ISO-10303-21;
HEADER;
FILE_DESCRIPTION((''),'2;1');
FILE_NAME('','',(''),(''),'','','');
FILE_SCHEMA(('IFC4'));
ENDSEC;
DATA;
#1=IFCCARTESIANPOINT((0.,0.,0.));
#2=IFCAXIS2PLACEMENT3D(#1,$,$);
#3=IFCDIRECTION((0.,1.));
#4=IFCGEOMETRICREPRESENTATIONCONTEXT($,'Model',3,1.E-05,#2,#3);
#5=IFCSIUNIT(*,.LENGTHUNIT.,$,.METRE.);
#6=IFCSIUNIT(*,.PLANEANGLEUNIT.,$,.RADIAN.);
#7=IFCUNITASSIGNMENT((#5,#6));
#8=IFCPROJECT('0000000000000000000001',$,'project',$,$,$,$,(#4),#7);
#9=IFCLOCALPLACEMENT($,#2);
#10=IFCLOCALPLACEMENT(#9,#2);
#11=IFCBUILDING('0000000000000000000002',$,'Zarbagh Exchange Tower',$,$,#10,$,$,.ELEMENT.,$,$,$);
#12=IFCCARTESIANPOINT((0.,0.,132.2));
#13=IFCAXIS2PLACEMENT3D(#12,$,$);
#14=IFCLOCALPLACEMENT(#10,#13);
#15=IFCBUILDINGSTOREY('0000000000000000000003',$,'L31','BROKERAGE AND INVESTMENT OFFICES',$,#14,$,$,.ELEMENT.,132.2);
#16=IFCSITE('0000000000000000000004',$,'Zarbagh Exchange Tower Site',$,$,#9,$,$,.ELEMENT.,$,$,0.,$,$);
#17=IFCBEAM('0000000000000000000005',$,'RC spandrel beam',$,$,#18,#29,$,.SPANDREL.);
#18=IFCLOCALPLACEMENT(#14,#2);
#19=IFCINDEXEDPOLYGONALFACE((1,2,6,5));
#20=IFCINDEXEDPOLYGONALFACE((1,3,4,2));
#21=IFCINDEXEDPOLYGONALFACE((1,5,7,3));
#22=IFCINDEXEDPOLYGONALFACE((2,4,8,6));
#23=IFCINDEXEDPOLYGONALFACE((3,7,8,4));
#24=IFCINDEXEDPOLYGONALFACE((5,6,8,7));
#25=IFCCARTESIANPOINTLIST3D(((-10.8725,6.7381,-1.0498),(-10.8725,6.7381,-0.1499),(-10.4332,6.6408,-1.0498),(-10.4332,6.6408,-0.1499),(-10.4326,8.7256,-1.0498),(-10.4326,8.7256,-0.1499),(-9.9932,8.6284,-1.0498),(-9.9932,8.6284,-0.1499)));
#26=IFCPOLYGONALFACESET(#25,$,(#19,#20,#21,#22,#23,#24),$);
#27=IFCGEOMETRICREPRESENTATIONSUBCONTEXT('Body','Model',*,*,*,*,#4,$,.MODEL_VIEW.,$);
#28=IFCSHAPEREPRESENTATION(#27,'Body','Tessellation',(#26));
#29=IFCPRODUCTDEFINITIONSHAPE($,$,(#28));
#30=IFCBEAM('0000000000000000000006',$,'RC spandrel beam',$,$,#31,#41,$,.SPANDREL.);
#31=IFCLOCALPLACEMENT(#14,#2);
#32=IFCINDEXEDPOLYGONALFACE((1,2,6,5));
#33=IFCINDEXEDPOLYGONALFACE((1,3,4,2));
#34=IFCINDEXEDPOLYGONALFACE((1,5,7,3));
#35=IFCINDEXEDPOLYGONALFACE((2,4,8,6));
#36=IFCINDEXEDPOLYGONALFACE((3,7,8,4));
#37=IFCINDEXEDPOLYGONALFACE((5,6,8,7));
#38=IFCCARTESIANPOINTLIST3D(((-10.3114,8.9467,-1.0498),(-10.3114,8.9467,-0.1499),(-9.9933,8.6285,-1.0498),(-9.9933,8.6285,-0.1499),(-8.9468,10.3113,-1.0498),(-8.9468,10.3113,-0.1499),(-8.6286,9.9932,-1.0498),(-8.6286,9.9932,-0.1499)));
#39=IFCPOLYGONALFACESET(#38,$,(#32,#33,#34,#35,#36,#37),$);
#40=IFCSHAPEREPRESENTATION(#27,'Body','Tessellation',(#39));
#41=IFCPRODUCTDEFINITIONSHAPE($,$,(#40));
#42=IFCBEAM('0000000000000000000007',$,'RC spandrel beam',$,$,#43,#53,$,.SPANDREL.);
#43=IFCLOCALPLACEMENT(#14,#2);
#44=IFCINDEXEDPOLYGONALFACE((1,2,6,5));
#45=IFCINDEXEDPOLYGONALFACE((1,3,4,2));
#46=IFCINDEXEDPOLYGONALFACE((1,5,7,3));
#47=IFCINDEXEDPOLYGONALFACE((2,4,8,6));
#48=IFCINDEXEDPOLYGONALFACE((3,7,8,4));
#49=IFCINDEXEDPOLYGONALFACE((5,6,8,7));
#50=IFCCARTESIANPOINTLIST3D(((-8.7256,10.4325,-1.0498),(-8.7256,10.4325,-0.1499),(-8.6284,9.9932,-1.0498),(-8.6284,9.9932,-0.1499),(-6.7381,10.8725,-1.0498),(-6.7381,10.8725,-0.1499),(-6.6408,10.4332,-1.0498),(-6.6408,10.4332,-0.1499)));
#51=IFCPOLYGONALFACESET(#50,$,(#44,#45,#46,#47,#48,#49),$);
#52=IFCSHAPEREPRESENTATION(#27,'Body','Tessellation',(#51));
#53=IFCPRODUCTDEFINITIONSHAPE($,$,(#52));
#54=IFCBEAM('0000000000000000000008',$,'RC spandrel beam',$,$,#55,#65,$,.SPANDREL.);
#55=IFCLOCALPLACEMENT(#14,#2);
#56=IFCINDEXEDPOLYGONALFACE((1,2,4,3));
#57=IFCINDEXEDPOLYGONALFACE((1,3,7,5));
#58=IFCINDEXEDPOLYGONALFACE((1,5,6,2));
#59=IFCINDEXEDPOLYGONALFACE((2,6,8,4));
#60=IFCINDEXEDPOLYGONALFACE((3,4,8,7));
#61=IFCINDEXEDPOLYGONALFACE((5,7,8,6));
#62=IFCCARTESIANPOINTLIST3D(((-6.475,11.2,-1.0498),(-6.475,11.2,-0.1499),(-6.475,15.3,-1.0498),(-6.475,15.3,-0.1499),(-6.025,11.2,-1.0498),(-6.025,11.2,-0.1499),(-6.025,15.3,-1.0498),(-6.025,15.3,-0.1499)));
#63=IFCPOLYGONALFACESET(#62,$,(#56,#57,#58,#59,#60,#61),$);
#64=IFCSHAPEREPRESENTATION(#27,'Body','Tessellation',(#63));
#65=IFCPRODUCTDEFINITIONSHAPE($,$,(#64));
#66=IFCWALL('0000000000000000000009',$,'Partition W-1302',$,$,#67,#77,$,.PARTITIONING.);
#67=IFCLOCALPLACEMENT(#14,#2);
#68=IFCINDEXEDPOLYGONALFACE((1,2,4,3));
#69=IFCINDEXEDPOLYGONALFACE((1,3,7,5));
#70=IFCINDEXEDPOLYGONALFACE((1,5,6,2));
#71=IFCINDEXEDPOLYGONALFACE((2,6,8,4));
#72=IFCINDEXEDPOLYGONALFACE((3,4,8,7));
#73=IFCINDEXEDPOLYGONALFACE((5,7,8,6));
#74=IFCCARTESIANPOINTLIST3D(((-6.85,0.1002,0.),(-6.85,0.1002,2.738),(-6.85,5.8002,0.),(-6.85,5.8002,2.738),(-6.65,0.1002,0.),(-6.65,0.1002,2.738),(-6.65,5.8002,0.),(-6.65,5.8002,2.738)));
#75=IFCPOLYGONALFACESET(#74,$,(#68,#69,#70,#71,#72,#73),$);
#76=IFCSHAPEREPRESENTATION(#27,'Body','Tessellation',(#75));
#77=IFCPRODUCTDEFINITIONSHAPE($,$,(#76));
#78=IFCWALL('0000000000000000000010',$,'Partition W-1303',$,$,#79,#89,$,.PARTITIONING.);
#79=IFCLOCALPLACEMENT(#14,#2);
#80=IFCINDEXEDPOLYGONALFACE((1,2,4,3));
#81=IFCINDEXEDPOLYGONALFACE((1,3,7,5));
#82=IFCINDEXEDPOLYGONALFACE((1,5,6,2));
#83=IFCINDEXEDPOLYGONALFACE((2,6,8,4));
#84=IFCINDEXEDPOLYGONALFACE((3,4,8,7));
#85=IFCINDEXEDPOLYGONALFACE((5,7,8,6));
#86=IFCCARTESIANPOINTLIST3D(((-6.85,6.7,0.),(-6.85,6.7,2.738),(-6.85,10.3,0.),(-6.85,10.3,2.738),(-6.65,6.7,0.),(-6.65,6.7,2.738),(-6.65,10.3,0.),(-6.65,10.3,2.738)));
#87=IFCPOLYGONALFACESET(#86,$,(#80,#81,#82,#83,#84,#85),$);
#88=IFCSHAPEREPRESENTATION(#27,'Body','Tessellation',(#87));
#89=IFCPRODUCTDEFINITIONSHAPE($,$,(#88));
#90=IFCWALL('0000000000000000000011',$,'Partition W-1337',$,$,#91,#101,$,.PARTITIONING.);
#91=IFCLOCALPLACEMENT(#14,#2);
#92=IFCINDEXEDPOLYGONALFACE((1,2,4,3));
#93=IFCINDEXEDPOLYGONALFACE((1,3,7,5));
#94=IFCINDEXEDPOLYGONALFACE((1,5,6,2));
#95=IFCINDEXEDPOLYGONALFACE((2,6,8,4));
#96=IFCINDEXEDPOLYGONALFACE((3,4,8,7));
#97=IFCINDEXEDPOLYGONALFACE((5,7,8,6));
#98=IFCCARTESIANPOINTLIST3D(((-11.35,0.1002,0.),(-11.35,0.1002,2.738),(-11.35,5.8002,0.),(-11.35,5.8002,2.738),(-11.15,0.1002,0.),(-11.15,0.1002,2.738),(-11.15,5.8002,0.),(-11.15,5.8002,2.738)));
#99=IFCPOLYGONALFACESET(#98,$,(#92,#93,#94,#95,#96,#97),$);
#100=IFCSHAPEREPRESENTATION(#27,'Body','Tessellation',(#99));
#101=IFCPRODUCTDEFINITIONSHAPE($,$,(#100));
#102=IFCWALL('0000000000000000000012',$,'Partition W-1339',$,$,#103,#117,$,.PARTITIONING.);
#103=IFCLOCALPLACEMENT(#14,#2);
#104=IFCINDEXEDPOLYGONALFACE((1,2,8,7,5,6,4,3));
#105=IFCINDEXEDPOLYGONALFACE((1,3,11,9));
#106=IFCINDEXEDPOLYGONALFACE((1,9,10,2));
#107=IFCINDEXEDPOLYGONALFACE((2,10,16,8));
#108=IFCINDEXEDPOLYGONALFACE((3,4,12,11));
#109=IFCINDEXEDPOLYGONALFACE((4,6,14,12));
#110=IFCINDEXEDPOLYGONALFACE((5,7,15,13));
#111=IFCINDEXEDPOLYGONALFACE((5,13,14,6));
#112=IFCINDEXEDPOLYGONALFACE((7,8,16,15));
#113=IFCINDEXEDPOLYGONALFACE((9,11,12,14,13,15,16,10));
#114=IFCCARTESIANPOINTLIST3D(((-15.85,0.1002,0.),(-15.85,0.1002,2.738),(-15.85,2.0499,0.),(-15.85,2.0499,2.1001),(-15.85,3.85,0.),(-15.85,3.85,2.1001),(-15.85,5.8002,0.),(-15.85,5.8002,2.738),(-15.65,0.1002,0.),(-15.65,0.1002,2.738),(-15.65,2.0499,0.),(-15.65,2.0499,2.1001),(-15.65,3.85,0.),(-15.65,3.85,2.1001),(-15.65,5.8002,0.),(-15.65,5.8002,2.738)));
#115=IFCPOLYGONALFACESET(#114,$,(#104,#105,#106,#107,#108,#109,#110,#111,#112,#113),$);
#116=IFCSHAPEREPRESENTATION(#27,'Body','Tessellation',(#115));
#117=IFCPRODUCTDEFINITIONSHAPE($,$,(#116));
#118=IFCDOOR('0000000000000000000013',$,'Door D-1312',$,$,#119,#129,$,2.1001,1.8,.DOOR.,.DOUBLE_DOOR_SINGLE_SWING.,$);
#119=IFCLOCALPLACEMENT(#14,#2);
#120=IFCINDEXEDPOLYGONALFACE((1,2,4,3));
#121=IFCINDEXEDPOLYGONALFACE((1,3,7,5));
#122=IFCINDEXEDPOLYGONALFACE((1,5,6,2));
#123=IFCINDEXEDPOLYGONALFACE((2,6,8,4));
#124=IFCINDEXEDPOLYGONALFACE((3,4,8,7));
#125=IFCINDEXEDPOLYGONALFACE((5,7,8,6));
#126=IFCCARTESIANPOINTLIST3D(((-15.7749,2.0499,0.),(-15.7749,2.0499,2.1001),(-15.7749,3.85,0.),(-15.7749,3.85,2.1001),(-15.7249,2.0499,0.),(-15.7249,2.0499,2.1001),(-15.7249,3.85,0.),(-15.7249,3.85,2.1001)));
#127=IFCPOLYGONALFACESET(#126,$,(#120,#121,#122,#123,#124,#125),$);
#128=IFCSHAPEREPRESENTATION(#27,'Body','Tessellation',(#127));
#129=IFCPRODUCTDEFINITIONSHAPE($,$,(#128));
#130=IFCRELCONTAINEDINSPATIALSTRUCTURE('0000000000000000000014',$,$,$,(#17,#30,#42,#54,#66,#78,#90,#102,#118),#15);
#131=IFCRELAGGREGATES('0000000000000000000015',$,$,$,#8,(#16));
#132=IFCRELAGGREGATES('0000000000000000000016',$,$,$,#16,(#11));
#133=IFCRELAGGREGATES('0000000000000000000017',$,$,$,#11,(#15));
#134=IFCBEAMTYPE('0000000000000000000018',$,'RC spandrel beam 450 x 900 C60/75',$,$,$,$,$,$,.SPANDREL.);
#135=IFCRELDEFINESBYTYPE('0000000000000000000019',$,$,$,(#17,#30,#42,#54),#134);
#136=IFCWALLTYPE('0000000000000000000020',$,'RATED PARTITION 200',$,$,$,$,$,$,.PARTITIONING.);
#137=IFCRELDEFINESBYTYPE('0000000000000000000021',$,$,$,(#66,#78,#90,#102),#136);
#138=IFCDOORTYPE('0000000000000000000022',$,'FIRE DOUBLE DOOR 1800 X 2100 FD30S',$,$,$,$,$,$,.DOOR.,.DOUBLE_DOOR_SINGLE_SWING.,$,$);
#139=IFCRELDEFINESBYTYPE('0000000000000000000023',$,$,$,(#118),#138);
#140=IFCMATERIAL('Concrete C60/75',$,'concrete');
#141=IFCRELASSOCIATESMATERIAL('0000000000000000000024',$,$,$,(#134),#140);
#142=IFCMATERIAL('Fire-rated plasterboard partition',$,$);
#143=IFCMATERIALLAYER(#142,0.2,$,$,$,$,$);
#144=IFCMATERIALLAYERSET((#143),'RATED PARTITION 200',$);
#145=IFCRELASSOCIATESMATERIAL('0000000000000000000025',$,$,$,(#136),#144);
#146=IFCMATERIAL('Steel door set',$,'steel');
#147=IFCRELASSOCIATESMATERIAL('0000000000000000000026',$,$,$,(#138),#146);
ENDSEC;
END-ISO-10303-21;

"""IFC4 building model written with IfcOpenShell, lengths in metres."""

from ifc_helpers import new_model, si_unit, direction, frame, frame_2d, origin, origin_2d, place, context, subcontext, project, spatial, rectangle, extrude, material, layer, layer_set, material_profile, profile_set, type_object, element, fill, save


model = new_model("IFC4")

# Units and contexts
model_context = context("Model", 3, precision=1e-05, world=origin(), true_north=direction((0.0, 1.0)))
body_context = subcontext(model_context, "Body", "Model", "MODEL_VIEW")
ifc_project = project(units=[si_unit("LENGTHUNIT", "METRE"), si_unit("PLANEANGLEUNIT", "RADIAN")], contexts=[model_context])

# Site, building, storey
site_placement = place(None, origin())
site = spatial("IfcSite", under=ifc_project, at=site_placement, Name="Zarbagh Exchange Tower Site", CompositionType="ELEMENT", RefElevation=0.0)
building_placement = place(site_placement, origin())
building = spatial("IfcBuilding", under=site, at=building_placement, Name="Zarbagh Exchange Tower", CompositionType="ELEMENT")
storey_placement = place(building_placement, frame((0.0, 0.0, 132.2)))
storey = spatial("IfcBuildingStorey", under=building, at=storey_placement, Name="L31", Description="BROKERAGE AND INVESTMENT OFFICES", CompositionType="ELEMENT", Elevation=132.2)

# Shared definitions
ifc_material_1 = material(Name="Concrete C60/75", Category="concrete")

# Beams
ifc_material_profile_1 = material_profile(ifc_material_1, rectangle(XDim=0.45, YDim=0.8999, at=origin_2d()), Name="RC spandrel beam 450 x 900 C60/75")
ifc_profile_set_1 = profile_set([ifc_material_profile_1], Name="Concrete C60/75")
beam_type_1 = type_object("IfcBeamType", Name="RC spandrel beam 450 x 900 C60/75", PredefinedType="SPANDREL", material=ifc_profile_set_1)
beam_1_placement = place(storey_placement, frame((-10.6528, 6.6895, -0.5999), z_axis=(0.216118, 0.976367, 0.0), x_axis=(-0.976367, 0.216118, 0.0)))
element("IfcBeam", 1, at=beam_1_placement, inside=storey, type_object=beam_type_1, Name="RC spandrel beam", PredefinedType="SPANDREL", context=body_context, shape_type="SweptSolid", body=[
    extrude(rectangle(XDim=0.45, YDim=0.8999, at=origin_2d()), origin(), (0.0, 0.0, 1.0), 2.0356),
])
beam_2_placement = place(storey_placement, frame((-10.1523, 8.7876, -0.5999), z_axis=(0.707107, 0.707107, 0.0), x_axis=(-0.707107, 0.707107, 0.0)))
element("IfcBeam", 2, at=beam_2_placement, inside=storey, type_object=beam_type_1, Name="RC spandrel beam", PredefinedType="SPANDREL", context=body_context, shape_type="SweptSolid", body=[
    extrude(rectangle(XDim=0.45, YDim=0.8999, at=origin_2d()), origin(), (0.0, 0.0, 1.0), 1.9299),
])
beam_3_placement = place(storey_placement, frame((-8.677, 10.2129, -0.5999), z_axis=(0.976367, 0.216118, 0.0), x_axis=(-0.216118, 0.976367, 0.0)))
element("IfcBeam", 3, at=beam_3_placement, inside=storey, type_object=beam_type_1, Name="RC spandrel beam", PredefinedType="SPANDREL", context=body_context, shape_type="SweptSolid", body=[
    extrude(rectangle(XDim=0.45, YDim=0.8999, at=origin_2d()), origin(), (0.0, 0.0, 1.0), 2.0356),
])
beam_4_placement = place(storey_placement, frame((-6.25, 11.2, -0.5999), z_axis=(0.0, 1.0, 0.0), x_axis=(-1.0, 0.0, 0.0)))
element("IfcBeam", 4, at=beam_4_placement, inside=storey, type_object=beam_type_1, Name="RC spandrel beam", PredefinedType="SPANDREL", context=body_context, shape_type="SweptSolid", body=[
    extrude(rectangle(XDim=0.45, YDim=0.8999, at=origin_2d()), origin(), (0.0, 0.0, 1.0), 4.1001),
])

# Walls
ifc_material_2 = material(Name="Fire-rated plasterboard partition")
ifc_layer = layer(ifc_material_2, 0.2)
ifc_layer_set = layer_set([ifc_layer], Name="RATED PARTITION 200")
wall_type = type_object("IfcWallType", Name="RATED PARTITION 200", PredefinedType="PARTITIONING", material=ifc_layer_set)
wall_1_placement = place(storey_placement, frame((-6.75, 0.1001, 0.0), z_axis=(0.0, 0.0, 1.0), x_axis=(0.0, 1.0, 0.0)))
element("IfcWall", 5, at=wall_1_placement, inside=storey, type_object=wall_type, Name="Partition W-1302", PredefinedType="PARTITIONING", context=body_context, shape_type="SweptSolid", body=[
    extrude(rectangle(XDim=5.7, YDim=0.2, at=frame_2d((2.8501, 0.0))), origin(), (0.0, 0.0, 1.0), 2.738),
])
wall_2_placement = place(storey_placement, frame((-6.75, 6.7, 0.0), z_axis=(0.0, 0.0, 1.0), x_axis=(0.0, 1.0, 0.0)))
element("IfcWall", 6, at=wall_2_placement, inside=storey, type_object=wall_type, Name="Partition W-1303", PredefinedType="PARTITIONING", context=body_context, shape_type="SweptSolid", body=[
    extrude(rectangle(XDim=3.6001, YDim=0.2, at=frame_2d((1.8, 0.0))), origin(), (0.0, 0.0, 1.0), 2.738),
])
wall_3_placement = place(storey_placement, frame((-11.25, 0.1001, 0.0), z_axis=(0.0, 0.0, 1.0), x_axis=(0.0, 1.0, 0.0)))
element("IfcWall", 7, at=wall_3_placement, inside=storey, type_object=wall_type, Name="Partition W-1337", PredefinedType="PARTITIONING", context=body_context, shape_type="SweptSolid", body=[
    extrude(rectangle(XDim=5.7, YDim=0.2, at=frame_2d((2.8501, 0.0))), origin(), (0.0, 0.0, 1.0), 2.738),
])

# Wall, opening, door
wall_4_placement = place(storey_placement, frame((-15.75, 0.1001, 0.0), z_axis=(0.0, 0.0, 1.0), x_axis=(0.0, 1.0, 0.0)))
wall_4 = element("IfcWall", 8, at=wall_4_placement, inside=storey, type_object=wall_type, Name="Partition W-1339", PredefinedType="PARTITIONING", context=body_context, shape_type="SweptSolid", body=[
    extrude(rectangle(XDim=5.7, YDim=0.2, at=frame_2d((2.8501, 0.0))), origin(), (0.0, 0.0, 1.0), 2.738),
])
opening_placement = place(wall_4_placement, frame((1.95, 0.0, 0.0)))
opening = element("IfcOpeningElement", 9, at=opening_placement, cuts=wall_4, PredefinedType="OPENING", context=body_context, shape_type="SweptSolid", body=[
    extrude(rectangle(XDim=1.8, YDim=2.1001, at=frame_2d((0.8999, 1.05))), frame((0.0, 0.1099, 0.0), z_axis=(0.0, -1.0, 0.0), x_axis=(1.0, 0.0, 0.0)), (0.0, 0.0, 1.0), 0.22),
])
ifc_material_3 = material(Name="Steel door set", Category="steel")
door_type = type_object("IfcDoorType", Name="FIRE DOUBLE DOOR 1800 X 2100 FD30S", OperationType="DOUBLE_DOOR_SINGLE_SWING", PredefinedType="DOOR", material=ifc_material_3)
door_placement = place(opening_placement, origin())
door = element("IfcDoor", 10, at=door_placement, inside=storey, type_object=door_type, Name="Door D-1312", OperationType="DOUBLE_DOOR_SINGLE_SWING", OverallHeight=2.1001, OverallWidth=1.8, PredefinedType="DOOR", context=body_context, shape_type="SweptSolid", body=[
    extrude(rectangle(XDim=1.8, YDim=2.1001, at=frame_2d((0.8999, 1.05))), frame((0.0, 0.0249, 0.0), z_axis=(0.0, -1.0, 0.0), x_axis=(1.0, 0.0, 0.0)), (0.0, 0.0, 1.0), 0.05),
])
fill(opening, door)

save(model, "model.ifc")
